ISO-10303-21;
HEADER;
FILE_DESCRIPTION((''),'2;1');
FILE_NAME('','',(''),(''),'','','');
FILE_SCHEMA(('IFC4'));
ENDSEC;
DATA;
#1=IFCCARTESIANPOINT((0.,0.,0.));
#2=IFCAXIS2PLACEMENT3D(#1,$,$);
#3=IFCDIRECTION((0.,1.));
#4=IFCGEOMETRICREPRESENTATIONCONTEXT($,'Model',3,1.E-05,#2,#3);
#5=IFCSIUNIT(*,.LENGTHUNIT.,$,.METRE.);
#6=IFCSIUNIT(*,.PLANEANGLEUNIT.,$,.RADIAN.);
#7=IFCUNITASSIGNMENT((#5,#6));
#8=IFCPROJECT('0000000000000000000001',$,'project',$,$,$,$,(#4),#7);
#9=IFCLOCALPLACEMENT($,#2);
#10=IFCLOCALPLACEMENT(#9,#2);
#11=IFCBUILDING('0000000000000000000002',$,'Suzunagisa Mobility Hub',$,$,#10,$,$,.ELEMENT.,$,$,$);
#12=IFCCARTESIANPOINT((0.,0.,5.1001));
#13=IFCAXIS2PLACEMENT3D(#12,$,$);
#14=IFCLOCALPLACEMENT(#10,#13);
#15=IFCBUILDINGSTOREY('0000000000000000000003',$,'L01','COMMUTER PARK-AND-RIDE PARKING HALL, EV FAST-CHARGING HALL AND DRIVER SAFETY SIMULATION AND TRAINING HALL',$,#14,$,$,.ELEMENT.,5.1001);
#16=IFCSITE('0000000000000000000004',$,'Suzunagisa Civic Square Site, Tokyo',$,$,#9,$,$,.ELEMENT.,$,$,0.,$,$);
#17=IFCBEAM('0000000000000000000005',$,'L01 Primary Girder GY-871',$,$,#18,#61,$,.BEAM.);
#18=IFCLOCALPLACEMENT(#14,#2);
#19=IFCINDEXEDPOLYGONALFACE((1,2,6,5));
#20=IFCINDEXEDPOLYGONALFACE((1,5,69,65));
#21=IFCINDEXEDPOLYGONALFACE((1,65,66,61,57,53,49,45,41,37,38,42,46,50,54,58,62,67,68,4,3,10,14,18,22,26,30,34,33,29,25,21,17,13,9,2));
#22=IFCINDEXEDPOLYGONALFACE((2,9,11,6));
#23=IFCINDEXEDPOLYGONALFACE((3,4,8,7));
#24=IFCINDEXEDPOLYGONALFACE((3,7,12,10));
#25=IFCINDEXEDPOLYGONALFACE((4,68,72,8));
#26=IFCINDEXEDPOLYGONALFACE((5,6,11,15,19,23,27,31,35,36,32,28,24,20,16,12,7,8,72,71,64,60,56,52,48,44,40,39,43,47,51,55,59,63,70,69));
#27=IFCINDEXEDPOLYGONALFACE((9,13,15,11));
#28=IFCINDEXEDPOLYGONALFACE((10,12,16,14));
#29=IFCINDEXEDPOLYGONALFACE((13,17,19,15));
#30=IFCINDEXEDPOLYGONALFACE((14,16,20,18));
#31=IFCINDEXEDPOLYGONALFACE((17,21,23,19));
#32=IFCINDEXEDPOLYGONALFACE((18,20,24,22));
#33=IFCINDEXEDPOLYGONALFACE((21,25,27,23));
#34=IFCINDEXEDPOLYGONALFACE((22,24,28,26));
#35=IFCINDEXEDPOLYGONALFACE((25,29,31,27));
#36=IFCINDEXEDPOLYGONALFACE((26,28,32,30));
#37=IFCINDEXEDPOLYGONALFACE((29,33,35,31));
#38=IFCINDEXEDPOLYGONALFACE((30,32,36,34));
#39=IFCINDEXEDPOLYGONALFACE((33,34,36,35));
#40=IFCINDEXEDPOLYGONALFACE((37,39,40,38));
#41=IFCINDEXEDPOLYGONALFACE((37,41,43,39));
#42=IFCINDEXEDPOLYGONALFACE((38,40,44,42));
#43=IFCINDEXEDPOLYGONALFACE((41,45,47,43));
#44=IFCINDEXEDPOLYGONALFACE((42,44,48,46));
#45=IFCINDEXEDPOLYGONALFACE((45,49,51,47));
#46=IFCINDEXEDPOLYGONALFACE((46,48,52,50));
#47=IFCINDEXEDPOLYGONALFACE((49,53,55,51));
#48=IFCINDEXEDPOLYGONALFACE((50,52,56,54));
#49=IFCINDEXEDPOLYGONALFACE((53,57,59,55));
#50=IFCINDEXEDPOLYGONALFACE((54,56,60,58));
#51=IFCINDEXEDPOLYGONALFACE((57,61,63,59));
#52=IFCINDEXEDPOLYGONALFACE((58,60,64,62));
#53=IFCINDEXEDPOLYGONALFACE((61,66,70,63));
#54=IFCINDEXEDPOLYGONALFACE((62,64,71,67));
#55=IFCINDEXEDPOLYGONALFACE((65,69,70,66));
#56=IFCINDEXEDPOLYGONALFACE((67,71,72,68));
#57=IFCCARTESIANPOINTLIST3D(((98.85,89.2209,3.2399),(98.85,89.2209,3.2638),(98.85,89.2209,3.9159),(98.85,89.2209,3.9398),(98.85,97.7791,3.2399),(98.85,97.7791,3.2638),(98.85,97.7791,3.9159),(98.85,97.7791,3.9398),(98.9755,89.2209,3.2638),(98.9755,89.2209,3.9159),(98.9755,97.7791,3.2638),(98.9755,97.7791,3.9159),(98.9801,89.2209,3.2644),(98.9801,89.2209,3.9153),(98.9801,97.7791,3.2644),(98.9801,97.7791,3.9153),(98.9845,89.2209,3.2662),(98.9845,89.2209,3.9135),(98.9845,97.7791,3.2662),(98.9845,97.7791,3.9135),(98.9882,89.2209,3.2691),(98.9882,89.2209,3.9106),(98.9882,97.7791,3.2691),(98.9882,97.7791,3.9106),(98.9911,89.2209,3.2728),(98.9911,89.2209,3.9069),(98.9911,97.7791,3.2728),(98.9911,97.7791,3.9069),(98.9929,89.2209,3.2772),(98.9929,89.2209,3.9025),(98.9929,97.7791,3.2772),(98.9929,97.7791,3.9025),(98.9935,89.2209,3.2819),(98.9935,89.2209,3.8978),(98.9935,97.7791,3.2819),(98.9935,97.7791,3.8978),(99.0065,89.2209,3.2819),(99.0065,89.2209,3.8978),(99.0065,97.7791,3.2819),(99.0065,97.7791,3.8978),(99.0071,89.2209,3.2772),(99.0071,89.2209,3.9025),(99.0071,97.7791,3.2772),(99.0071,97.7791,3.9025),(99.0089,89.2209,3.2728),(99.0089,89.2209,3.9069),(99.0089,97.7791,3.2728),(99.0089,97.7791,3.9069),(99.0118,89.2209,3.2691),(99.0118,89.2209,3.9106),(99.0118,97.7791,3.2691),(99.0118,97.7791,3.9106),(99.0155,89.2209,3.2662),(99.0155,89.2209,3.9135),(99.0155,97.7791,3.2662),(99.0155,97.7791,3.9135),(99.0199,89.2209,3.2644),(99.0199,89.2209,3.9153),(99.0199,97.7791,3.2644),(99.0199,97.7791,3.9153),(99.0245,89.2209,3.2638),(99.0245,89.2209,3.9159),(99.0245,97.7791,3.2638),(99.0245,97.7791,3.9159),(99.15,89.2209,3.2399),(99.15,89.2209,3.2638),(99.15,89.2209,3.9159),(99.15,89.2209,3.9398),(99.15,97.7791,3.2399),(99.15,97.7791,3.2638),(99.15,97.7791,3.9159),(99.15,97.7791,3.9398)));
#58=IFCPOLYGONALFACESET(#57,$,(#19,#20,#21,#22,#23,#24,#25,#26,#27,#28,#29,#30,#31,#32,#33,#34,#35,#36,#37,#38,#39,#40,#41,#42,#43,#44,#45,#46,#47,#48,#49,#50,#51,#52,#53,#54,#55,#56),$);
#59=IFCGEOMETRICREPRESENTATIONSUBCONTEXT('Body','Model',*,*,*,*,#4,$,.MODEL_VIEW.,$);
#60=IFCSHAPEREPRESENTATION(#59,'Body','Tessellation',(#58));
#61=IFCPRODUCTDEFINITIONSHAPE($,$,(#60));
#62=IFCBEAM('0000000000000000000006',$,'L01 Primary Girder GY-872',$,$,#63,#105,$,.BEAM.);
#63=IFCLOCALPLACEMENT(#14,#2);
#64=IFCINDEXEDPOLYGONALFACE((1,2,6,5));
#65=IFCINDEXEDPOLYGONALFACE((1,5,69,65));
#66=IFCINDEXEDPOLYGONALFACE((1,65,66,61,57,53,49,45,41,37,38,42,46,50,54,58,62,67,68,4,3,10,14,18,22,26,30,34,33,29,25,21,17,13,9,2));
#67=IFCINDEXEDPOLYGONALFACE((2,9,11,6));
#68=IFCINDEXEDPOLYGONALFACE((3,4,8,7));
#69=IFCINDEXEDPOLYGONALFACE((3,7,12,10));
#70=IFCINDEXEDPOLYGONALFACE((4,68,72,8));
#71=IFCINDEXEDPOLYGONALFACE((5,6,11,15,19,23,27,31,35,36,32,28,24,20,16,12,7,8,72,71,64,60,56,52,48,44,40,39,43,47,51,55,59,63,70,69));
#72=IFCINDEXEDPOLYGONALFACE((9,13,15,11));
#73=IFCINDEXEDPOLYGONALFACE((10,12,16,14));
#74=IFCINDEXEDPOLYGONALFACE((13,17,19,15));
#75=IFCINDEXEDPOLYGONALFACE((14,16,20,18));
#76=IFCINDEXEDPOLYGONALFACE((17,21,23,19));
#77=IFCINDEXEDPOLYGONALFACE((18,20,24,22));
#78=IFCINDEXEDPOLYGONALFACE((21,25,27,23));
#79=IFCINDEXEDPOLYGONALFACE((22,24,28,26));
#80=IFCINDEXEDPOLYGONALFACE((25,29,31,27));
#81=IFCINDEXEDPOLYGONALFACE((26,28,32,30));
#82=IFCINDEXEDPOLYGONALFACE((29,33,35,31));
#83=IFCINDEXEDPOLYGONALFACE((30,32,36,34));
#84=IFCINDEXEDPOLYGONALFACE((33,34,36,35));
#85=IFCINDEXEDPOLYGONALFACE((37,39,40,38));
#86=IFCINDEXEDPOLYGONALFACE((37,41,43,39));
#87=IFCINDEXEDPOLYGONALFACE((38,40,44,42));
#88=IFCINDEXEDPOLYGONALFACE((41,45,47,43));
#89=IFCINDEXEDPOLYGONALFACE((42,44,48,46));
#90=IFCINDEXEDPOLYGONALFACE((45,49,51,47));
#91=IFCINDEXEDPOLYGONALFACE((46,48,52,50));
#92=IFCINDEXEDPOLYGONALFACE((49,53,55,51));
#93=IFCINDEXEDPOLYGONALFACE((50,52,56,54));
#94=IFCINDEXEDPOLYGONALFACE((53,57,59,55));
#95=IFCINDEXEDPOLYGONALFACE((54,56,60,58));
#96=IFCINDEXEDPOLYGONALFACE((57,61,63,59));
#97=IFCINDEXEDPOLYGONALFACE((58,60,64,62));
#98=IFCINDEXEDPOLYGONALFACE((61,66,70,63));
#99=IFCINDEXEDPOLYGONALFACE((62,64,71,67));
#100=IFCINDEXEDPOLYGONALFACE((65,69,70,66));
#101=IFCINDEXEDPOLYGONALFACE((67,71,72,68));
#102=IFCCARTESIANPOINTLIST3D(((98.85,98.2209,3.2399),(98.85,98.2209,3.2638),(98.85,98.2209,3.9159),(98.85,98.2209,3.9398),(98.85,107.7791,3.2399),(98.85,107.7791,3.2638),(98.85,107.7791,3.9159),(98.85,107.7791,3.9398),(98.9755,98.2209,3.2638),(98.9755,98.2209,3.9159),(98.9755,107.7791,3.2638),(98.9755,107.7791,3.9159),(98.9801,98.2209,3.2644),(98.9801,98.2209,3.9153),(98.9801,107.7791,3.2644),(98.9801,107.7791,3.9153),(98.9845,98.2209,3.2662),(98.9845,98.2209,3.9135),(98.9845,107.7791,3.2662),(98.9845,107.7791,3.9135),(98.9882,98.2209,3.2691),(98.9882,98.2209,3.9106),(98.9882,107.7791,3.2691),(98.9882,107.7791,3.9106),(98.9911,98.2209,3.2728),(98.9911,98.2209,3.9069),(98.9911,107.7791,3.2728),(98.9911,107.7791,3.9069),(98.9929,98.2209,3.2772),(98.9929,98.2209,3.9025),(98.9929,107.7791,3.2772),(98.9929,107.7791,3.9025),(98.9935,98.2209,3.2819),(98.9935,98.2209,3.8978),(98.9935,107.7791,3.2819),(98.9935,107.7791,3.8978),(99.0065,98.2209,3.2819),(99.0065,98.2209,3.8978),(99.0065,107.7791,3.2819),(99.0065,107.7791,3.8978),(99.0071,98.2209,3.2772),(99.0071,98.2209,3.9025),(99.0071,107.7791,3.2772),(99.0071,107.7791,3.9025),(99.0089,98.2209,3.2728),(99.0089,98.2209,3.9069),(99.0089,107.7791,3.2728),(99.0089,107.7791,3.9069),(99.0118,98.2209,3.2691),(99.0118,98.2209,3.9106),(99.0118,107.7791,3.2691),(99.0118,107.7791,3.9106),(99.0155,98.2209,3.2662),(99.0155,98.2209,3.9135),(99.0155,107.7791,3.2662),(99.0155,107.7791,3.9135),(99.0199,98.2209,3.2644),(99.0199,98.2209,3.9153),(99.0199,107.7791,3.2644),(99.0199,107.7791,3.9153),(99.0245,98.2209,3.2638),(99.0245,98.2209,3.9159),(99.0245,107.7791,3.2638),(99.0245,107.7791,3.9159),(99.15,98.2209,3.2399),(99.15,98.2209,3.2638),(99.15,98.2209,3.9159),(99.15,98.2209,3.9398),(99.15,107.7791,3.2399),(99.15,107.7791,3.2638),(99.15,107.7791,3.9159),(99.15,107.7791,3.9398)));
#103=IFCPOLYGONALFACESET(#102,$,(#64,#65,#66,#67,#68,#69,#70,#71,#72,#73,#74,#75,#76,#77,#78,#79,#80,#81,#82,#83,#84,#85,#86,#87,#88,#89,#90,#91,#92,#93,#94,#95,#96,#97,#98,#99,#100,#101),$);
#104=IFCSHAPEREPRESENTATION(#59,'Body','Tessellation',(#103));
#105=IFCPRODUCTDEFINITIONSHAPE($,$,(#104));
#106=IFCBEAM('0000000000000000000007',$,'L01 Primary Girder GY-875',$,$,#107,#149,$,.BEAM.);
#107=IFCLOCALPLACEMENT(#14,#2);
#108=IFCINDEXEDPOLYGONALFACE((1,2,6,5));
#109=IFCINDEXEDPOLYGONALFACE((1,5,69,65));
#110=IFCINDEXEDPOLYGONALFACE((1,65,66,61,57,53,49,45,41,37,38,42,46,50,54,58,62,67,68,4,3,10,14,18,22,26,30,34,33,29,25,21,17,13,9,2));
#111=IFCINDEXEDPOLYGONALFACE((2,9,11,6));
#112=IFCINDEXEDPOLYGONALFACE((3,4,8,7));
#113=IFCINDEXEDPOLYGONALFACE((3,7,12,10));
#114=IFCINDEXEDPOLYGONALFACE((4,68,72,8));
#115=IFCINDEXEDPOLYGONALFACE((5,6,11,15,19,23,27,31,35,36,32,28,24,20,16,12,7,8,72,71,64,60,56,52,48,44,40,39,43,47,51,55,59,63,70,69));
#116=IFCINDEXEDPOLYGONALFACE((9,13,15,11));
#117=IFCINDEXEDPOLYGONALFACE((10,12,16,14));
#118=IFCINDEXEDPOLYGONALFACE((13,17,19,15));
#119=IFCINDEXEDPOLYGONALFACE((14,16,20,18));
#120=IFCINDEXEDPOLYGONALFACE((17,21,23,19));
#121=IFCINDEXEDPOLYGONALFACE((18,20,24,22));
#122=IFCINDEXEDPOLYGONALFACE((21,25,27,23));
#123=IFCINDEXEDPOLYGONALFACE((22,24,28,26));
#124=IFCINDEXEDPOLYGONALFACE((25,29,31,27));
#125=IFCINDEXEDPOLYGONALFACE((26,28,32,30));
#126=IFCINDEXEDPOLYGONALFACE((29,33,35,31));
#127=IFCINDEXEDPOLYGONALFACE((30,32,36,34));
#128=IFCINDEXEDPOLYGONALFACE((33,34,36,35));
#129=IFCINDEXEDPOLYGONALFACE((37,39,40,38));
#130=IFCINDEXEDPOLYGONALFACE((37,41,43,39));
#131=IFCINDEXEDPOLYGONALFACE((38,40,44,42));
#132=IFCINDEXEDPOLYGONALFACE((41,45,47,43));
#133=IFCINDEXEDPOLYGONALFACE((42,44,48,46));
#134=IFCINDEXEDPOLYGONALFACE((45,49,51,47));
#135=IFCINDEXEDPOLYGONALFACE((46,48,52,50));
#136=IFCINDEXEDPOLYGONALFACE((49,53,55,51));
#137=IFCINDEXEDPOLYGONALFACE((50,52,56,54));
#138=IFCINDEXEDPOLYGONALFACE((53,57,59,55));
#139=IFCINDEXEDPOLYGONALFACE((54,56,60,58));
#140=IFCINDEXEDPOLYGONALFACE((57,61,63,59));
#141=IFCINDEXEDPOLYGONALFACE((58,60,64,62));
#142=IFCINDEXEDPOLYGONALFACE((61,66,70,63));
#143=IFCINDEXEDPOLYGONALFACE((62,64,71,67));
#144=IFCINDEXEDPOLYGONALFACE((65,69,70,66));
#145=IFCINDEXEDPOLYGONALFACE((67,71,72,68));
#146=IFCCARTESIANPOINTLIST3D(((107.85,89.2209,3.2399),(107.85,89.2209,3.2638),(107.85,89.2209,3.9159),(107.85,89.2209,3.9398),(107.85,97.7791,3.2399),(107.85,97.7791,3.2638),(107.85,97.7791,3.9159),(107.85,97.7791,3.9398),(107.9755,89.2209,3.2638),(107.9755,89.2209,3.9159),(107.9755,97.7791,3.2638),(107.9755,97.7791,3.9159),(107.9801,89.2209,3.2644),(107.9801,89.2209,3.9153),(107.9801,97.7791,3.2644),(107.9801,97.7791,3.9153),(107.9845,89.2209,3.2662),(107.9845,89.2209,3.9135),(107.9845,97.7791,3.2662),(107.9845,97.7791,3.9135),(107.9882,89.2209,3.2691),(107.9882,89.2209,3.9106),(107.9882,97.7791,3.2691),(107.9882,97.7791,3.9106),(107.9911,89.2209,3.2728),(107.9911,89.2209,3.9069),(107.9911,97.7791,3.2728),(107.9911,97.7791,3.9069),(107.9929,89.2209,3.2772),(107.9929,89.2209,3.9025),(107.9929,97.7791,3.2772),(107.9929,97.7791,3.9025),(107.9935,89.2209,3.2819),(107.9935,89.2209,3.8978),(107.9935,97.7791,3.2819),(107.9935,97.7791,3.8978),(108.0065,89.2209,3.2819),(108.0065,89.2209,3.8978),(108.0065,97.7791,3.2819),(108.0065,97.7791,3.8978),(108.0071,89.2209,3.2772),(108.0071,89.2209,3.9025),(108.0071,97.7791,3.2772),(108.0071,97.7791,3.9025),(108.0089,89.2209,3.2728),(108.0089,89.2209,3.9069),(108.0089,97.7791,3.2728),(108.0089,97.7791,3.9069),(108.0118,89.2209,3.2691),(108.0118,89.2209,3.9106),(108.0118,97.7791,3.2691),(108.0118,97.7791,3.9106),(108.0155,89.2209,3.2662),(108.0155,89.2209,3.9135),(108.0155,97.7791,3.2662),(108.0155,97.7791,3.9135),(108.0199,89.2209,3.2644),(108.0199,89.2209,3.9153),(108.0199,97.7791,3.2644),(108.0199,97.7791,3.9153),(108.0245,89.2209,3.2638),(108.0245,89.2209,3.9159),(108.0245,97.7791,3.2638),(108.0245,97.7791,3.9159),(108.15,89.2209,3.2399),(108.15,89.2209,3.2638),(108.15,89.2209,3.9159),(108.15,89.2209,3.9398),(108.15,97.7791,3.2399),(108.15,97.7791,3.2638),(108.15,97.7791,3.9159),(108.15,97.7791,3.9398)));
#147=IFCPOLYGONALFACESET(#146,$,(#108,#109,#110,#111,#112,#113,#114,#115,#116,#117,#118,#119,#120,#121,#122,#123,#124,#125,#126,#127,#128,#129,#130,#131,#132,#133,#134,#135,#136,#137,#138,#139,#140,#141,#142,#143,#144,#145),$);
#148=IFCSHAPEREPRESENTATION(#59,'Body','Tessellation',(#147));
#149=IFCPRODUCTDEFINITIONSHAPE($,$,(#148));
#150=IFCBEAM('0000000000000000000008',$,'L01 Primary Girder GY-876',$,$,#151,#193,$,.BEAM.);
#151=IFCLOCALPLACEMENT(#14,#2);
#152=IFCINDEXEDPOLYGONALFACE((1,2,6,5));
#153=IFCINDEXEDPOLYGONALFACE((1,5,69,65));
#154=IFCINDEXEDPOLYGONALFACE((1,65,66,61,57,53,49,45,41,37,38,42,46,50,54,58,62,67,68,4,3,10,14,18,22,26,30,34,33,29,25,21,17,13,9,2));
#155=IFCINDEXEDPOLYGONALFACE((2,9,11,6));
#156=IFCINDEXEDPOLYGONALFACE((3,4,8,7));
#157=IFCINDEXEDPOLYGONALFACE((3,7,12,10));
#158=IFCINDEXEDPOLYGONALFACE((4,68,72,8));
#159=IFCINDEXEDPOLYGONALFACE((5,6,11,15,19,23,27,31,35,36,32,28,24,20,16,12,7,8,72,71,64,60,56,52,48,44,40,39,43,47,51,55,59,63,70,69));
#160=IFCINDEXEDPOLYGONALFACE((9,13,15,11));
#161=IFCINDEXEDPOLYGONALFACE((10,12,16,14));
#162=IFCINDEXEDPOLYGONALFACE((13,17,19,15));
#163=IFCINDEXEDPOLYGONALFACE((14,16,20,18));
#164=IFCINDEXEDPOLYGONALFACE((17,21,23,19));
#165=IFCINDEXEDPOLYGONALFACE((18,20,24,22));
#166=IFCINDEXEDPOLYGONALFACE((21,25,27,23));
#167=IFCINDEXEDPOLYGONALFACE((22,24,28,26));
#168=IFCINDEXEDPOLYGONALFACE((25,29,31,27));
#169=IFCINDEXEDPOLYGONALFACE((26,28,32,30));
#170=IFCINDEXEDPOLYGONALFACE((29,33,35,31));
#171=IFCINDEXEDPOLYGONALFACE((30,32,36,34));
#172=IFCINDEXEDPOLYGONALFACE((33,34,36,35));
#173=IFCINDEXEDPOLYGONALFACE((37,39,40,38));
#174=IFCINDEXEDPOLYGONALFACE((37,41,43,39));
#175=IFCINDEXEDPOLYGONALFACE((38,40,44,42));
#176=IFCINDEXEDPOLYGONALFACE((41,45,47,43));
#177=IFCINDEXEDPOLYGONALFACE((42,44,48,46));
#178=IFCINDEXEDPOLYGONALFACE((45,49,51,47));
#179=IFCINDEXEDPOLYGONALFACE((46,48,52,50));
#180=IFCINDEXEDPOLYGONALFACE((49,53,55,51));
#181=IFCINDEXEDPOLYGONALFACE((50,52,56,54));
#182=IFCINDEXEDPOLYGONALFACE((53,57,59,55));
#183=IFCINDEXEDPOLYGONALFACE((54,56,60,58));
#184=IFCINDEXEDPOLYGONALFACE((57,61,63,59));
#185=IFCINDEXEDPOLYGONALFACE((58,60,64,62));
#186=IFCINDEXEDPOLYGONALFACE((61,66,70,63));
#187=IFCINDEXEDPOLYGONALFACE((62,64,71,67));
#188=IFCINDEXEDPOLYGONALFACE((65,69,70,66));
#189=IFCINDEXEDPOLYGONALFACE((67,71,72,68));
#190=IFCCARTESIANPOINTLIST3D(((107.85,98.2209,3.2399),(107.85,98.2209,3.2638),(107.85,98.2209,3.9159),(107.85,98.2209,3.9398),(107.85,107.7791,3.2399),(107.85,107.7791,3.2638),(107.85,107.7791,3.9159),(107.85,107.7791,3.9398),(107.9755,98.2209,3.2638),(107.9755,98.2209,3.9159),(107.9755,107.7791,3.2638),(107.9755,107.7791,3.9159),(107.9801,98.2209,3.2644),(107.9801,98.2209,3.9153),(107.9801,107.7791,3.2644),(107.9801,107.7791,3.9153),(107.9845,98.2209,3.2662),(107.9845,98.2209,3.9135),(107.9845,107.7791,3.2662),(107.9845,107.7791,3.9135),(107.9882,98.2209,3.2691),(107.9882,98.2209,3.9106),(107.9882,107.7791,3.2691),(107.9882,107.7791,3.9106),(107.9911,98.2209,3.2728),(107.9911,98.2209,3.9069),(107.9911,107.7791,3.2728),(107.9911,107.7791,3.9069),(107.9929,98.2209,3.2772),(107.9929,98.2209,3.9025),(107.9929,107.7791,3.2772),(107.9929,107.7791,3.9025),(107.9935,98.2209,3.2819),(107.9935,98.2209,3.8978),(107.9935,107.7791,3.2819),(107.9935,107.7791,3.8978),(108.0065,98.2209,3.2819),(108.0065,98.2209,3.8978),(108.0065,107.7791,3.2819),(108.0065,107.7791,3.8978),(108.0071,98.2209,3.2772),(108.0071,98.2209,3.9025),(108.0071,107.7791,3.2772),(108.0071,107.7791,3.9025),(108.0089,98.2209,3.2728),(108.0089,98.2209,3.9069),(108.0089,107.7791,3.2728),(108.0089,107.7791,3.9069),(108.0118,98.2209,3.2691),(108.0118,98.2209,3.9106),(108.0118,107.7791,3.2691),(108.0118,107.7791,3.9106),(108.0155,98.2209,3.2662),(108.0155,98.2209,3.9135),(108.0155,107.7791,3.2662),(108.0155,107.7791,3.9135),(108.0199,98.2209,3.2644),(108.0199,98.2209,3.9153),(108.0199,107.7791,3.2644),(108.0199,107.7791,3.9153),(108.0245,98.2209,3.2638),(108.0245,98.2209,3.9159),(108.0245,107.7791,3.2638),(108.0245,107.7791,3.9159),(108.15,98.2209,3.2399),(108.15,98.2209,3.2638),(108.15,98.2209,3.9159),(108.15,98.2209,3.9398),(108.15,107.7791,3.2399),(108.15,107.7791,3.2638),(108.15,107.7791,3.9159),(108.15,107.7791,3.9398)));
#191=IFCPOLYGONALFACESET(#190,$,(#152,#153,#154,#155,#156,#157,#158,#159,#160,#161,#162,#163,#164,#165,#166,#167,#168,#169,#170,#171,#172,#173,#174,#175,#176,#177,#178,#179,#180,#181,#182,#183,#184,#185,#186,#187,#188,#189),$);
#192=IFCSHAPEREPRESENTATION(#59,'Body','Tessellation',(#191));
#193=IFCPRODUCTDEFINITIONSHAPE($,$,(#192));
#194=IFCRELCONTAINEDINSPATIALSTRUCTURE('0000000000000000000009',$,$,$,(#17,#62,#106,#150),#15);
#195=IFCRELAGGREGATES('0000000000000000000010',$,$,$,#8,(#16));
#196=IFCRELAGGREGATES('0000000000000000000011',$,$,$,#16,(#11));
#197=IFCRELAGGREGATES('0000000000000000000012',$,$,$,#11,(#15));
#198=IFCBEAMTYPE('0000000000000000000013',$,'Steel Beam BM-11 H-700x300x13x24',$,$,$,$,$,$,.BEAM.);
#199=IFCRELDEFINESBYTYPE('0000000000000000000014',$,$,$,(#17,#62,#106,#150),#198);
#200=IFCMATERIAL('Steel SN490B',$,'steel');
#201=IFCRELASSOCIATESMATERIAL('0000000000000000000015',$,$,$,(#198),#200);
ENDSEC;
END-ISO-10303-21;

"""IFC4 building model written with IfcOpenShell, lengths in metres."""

from ifc_helpers import new_model, si_unit, direction, frame, origin, origin_2d, place, context, subcontext, project, spatial, i_section, extrude, material, material_profile, profile_set, type_object, element, save


model = new_model("IFC4")

# Units and contexts
model_context = context("Model", 3, precision=1e-05, world=origin(), true_north=direction((0.0, 1.0)))
body_context = subcontext(model_context, "Body", "Model", "MODEL_VIEW")
ifc_project = project(units=[si_unit("LENGTHUNIT", "METRE"), si_unit("PLANEANGLEUNIT", "RADIAN")], contexts=[model_context])

# Site, building, storey
site_placement = place(None, origin())
site = spatial("IfcSite", under=ifc_project, at=site_placement, Name="Suzunagisa Civic Square Site, Tokyo", CompositionType="ELEMENT", RefElevation=0.0)
building_placement = place(site_placement, origin())
building = spatial("IfcBuilding", under=site, at=building_placement, Name="Suzunagisa Mobility Hub", CompositionType="ELEMENT")
storey_placement = place(building_placement, frame((0.0, 0.0, 5.1001)))
storey = spatial("IfcBuildingStorey", under=building, at=storey_placement, Name="L01", Description="COMMUTER PARK-AND-RIDE PARKING HALL, EV FAST-CHARGING HALL AND DRIVER SAFETY SIMULATION AND TRAINING HALL", CompositionType="ELEMENT", Elevation=5.1001)

# Shared definitions
ifc_material_1 = material(Name="Steel SN490B", Category="steel")

# Beams
ifc_material_profile_1 = material_profile(ifc_material_1, i_section(OverallWidth=0.3, OverallDepth=0.7, WebThickness=0.0129, FlangeThickness=0.0239, FilletRadius=0.0181, at=origin_2d()), Name="H-700x300x13x24")
ifc_profile_set_1 = profile_set([ifc_material_profile_1], Name="Steel SN490B")
beam_type_1 = type_object("IfcBeamType", Name="Steel Beam BM-11 H-700x300x13x24", PredefinedType="BEAM", material=ifc_profile_set_1)
beam_1_placement = place(storey_placement, frame((99.0, 89.2209, 3.5898), z_axis=(0.0, 1.0, 0.0), x_axis=(-1.0, 0.0, 0.0)))
element("IfcBeam", 1, at=beam_1_placement, inside=storey, type_object=beam_type_1, Name="L01 Primary Girder GY-871", PredefinedType="BEAM", context=body_context, shape_type="SweptSolid", body=[
    extrude(i_section(OverallWidth=0.3, OverallDepth=0.7, WebThickness=0.0129, FlangeThickness=0.0239, FilletRadius=0.0181, at=origin_2d()), origin(), (0.0, 0.0, 1.0), 8.5581),
])
beam_2_placement = place(storey_placement, frame((99.0, 98.2209, 3.5898), z_axis=(0.0, 1.0, 0.0), x_axis=(-1.0, 0.0, 0.0)))
element("IfcBeam", 2, at=beam_2_placement, inside=storey, type_object=beam_type_1, Name="L01 Primary Girder GY-872", PredefinedType="BEAM", context=body_context, shape_type="SweptSolid", body=[
    extrude(i_section(OverallWidth=0.3, OverallDepth=0.7, WebThickness=0.0129, FlangeThickness=0.0239, FilletRadius=0.0181, at=origin_2d()), origin(), (0.0, 0.0, 1.0), 9.5581),
])
beam_3_placement = place(storey_placement, frame((108.0, 89.2209, 3.5898), z_axis=(0.0, 1.0, 0.0), x_axis=(-1.0, 0.0, 0.0)))
element("IfcBeam", 3, at=beam_3_placement, inside=storey, type_object=beam_type_1, Name="L01 Primary Girder GY-875", PredefinedType="BEAM", context=body_context, shape_type="SweptSolid", body=[
    extrude(i_section(OverallWidth=0.3, OverallDepth=0.7, WebThickness=0.0129, FlangeThickness=0.0239, FilletRadius=0.0181, at=origin_2d()), origin(), (0.0, 0.0, 1.0), 8.5581),
])
beam_4_placement = place(storey_placement, frame((108.0, 98.2209, 3.5898), z_axis=(0.0, 1.0, 0.0), x_axis=(-1.0, 0.0, 0.0)))
element("IfcBeam", 4, at=beam_4_placement, inside=storey, type_object=beam_type_1, Name="L01 Primary Girder GY-876", PredefinedType="BEAM", context=body_context, shape_type="SweptSolid", body=[
    extrude(i_section(OverallWidth=0.3, OverallDepth=0.7, WebThickness=0.0129, FlangeThickness=0.0239, FilletRadius=0.0181, at=origin_2d()), origin(), (0.0, 0.0, 1.0), 9.5581),
])

save(model, "model.ifc")
